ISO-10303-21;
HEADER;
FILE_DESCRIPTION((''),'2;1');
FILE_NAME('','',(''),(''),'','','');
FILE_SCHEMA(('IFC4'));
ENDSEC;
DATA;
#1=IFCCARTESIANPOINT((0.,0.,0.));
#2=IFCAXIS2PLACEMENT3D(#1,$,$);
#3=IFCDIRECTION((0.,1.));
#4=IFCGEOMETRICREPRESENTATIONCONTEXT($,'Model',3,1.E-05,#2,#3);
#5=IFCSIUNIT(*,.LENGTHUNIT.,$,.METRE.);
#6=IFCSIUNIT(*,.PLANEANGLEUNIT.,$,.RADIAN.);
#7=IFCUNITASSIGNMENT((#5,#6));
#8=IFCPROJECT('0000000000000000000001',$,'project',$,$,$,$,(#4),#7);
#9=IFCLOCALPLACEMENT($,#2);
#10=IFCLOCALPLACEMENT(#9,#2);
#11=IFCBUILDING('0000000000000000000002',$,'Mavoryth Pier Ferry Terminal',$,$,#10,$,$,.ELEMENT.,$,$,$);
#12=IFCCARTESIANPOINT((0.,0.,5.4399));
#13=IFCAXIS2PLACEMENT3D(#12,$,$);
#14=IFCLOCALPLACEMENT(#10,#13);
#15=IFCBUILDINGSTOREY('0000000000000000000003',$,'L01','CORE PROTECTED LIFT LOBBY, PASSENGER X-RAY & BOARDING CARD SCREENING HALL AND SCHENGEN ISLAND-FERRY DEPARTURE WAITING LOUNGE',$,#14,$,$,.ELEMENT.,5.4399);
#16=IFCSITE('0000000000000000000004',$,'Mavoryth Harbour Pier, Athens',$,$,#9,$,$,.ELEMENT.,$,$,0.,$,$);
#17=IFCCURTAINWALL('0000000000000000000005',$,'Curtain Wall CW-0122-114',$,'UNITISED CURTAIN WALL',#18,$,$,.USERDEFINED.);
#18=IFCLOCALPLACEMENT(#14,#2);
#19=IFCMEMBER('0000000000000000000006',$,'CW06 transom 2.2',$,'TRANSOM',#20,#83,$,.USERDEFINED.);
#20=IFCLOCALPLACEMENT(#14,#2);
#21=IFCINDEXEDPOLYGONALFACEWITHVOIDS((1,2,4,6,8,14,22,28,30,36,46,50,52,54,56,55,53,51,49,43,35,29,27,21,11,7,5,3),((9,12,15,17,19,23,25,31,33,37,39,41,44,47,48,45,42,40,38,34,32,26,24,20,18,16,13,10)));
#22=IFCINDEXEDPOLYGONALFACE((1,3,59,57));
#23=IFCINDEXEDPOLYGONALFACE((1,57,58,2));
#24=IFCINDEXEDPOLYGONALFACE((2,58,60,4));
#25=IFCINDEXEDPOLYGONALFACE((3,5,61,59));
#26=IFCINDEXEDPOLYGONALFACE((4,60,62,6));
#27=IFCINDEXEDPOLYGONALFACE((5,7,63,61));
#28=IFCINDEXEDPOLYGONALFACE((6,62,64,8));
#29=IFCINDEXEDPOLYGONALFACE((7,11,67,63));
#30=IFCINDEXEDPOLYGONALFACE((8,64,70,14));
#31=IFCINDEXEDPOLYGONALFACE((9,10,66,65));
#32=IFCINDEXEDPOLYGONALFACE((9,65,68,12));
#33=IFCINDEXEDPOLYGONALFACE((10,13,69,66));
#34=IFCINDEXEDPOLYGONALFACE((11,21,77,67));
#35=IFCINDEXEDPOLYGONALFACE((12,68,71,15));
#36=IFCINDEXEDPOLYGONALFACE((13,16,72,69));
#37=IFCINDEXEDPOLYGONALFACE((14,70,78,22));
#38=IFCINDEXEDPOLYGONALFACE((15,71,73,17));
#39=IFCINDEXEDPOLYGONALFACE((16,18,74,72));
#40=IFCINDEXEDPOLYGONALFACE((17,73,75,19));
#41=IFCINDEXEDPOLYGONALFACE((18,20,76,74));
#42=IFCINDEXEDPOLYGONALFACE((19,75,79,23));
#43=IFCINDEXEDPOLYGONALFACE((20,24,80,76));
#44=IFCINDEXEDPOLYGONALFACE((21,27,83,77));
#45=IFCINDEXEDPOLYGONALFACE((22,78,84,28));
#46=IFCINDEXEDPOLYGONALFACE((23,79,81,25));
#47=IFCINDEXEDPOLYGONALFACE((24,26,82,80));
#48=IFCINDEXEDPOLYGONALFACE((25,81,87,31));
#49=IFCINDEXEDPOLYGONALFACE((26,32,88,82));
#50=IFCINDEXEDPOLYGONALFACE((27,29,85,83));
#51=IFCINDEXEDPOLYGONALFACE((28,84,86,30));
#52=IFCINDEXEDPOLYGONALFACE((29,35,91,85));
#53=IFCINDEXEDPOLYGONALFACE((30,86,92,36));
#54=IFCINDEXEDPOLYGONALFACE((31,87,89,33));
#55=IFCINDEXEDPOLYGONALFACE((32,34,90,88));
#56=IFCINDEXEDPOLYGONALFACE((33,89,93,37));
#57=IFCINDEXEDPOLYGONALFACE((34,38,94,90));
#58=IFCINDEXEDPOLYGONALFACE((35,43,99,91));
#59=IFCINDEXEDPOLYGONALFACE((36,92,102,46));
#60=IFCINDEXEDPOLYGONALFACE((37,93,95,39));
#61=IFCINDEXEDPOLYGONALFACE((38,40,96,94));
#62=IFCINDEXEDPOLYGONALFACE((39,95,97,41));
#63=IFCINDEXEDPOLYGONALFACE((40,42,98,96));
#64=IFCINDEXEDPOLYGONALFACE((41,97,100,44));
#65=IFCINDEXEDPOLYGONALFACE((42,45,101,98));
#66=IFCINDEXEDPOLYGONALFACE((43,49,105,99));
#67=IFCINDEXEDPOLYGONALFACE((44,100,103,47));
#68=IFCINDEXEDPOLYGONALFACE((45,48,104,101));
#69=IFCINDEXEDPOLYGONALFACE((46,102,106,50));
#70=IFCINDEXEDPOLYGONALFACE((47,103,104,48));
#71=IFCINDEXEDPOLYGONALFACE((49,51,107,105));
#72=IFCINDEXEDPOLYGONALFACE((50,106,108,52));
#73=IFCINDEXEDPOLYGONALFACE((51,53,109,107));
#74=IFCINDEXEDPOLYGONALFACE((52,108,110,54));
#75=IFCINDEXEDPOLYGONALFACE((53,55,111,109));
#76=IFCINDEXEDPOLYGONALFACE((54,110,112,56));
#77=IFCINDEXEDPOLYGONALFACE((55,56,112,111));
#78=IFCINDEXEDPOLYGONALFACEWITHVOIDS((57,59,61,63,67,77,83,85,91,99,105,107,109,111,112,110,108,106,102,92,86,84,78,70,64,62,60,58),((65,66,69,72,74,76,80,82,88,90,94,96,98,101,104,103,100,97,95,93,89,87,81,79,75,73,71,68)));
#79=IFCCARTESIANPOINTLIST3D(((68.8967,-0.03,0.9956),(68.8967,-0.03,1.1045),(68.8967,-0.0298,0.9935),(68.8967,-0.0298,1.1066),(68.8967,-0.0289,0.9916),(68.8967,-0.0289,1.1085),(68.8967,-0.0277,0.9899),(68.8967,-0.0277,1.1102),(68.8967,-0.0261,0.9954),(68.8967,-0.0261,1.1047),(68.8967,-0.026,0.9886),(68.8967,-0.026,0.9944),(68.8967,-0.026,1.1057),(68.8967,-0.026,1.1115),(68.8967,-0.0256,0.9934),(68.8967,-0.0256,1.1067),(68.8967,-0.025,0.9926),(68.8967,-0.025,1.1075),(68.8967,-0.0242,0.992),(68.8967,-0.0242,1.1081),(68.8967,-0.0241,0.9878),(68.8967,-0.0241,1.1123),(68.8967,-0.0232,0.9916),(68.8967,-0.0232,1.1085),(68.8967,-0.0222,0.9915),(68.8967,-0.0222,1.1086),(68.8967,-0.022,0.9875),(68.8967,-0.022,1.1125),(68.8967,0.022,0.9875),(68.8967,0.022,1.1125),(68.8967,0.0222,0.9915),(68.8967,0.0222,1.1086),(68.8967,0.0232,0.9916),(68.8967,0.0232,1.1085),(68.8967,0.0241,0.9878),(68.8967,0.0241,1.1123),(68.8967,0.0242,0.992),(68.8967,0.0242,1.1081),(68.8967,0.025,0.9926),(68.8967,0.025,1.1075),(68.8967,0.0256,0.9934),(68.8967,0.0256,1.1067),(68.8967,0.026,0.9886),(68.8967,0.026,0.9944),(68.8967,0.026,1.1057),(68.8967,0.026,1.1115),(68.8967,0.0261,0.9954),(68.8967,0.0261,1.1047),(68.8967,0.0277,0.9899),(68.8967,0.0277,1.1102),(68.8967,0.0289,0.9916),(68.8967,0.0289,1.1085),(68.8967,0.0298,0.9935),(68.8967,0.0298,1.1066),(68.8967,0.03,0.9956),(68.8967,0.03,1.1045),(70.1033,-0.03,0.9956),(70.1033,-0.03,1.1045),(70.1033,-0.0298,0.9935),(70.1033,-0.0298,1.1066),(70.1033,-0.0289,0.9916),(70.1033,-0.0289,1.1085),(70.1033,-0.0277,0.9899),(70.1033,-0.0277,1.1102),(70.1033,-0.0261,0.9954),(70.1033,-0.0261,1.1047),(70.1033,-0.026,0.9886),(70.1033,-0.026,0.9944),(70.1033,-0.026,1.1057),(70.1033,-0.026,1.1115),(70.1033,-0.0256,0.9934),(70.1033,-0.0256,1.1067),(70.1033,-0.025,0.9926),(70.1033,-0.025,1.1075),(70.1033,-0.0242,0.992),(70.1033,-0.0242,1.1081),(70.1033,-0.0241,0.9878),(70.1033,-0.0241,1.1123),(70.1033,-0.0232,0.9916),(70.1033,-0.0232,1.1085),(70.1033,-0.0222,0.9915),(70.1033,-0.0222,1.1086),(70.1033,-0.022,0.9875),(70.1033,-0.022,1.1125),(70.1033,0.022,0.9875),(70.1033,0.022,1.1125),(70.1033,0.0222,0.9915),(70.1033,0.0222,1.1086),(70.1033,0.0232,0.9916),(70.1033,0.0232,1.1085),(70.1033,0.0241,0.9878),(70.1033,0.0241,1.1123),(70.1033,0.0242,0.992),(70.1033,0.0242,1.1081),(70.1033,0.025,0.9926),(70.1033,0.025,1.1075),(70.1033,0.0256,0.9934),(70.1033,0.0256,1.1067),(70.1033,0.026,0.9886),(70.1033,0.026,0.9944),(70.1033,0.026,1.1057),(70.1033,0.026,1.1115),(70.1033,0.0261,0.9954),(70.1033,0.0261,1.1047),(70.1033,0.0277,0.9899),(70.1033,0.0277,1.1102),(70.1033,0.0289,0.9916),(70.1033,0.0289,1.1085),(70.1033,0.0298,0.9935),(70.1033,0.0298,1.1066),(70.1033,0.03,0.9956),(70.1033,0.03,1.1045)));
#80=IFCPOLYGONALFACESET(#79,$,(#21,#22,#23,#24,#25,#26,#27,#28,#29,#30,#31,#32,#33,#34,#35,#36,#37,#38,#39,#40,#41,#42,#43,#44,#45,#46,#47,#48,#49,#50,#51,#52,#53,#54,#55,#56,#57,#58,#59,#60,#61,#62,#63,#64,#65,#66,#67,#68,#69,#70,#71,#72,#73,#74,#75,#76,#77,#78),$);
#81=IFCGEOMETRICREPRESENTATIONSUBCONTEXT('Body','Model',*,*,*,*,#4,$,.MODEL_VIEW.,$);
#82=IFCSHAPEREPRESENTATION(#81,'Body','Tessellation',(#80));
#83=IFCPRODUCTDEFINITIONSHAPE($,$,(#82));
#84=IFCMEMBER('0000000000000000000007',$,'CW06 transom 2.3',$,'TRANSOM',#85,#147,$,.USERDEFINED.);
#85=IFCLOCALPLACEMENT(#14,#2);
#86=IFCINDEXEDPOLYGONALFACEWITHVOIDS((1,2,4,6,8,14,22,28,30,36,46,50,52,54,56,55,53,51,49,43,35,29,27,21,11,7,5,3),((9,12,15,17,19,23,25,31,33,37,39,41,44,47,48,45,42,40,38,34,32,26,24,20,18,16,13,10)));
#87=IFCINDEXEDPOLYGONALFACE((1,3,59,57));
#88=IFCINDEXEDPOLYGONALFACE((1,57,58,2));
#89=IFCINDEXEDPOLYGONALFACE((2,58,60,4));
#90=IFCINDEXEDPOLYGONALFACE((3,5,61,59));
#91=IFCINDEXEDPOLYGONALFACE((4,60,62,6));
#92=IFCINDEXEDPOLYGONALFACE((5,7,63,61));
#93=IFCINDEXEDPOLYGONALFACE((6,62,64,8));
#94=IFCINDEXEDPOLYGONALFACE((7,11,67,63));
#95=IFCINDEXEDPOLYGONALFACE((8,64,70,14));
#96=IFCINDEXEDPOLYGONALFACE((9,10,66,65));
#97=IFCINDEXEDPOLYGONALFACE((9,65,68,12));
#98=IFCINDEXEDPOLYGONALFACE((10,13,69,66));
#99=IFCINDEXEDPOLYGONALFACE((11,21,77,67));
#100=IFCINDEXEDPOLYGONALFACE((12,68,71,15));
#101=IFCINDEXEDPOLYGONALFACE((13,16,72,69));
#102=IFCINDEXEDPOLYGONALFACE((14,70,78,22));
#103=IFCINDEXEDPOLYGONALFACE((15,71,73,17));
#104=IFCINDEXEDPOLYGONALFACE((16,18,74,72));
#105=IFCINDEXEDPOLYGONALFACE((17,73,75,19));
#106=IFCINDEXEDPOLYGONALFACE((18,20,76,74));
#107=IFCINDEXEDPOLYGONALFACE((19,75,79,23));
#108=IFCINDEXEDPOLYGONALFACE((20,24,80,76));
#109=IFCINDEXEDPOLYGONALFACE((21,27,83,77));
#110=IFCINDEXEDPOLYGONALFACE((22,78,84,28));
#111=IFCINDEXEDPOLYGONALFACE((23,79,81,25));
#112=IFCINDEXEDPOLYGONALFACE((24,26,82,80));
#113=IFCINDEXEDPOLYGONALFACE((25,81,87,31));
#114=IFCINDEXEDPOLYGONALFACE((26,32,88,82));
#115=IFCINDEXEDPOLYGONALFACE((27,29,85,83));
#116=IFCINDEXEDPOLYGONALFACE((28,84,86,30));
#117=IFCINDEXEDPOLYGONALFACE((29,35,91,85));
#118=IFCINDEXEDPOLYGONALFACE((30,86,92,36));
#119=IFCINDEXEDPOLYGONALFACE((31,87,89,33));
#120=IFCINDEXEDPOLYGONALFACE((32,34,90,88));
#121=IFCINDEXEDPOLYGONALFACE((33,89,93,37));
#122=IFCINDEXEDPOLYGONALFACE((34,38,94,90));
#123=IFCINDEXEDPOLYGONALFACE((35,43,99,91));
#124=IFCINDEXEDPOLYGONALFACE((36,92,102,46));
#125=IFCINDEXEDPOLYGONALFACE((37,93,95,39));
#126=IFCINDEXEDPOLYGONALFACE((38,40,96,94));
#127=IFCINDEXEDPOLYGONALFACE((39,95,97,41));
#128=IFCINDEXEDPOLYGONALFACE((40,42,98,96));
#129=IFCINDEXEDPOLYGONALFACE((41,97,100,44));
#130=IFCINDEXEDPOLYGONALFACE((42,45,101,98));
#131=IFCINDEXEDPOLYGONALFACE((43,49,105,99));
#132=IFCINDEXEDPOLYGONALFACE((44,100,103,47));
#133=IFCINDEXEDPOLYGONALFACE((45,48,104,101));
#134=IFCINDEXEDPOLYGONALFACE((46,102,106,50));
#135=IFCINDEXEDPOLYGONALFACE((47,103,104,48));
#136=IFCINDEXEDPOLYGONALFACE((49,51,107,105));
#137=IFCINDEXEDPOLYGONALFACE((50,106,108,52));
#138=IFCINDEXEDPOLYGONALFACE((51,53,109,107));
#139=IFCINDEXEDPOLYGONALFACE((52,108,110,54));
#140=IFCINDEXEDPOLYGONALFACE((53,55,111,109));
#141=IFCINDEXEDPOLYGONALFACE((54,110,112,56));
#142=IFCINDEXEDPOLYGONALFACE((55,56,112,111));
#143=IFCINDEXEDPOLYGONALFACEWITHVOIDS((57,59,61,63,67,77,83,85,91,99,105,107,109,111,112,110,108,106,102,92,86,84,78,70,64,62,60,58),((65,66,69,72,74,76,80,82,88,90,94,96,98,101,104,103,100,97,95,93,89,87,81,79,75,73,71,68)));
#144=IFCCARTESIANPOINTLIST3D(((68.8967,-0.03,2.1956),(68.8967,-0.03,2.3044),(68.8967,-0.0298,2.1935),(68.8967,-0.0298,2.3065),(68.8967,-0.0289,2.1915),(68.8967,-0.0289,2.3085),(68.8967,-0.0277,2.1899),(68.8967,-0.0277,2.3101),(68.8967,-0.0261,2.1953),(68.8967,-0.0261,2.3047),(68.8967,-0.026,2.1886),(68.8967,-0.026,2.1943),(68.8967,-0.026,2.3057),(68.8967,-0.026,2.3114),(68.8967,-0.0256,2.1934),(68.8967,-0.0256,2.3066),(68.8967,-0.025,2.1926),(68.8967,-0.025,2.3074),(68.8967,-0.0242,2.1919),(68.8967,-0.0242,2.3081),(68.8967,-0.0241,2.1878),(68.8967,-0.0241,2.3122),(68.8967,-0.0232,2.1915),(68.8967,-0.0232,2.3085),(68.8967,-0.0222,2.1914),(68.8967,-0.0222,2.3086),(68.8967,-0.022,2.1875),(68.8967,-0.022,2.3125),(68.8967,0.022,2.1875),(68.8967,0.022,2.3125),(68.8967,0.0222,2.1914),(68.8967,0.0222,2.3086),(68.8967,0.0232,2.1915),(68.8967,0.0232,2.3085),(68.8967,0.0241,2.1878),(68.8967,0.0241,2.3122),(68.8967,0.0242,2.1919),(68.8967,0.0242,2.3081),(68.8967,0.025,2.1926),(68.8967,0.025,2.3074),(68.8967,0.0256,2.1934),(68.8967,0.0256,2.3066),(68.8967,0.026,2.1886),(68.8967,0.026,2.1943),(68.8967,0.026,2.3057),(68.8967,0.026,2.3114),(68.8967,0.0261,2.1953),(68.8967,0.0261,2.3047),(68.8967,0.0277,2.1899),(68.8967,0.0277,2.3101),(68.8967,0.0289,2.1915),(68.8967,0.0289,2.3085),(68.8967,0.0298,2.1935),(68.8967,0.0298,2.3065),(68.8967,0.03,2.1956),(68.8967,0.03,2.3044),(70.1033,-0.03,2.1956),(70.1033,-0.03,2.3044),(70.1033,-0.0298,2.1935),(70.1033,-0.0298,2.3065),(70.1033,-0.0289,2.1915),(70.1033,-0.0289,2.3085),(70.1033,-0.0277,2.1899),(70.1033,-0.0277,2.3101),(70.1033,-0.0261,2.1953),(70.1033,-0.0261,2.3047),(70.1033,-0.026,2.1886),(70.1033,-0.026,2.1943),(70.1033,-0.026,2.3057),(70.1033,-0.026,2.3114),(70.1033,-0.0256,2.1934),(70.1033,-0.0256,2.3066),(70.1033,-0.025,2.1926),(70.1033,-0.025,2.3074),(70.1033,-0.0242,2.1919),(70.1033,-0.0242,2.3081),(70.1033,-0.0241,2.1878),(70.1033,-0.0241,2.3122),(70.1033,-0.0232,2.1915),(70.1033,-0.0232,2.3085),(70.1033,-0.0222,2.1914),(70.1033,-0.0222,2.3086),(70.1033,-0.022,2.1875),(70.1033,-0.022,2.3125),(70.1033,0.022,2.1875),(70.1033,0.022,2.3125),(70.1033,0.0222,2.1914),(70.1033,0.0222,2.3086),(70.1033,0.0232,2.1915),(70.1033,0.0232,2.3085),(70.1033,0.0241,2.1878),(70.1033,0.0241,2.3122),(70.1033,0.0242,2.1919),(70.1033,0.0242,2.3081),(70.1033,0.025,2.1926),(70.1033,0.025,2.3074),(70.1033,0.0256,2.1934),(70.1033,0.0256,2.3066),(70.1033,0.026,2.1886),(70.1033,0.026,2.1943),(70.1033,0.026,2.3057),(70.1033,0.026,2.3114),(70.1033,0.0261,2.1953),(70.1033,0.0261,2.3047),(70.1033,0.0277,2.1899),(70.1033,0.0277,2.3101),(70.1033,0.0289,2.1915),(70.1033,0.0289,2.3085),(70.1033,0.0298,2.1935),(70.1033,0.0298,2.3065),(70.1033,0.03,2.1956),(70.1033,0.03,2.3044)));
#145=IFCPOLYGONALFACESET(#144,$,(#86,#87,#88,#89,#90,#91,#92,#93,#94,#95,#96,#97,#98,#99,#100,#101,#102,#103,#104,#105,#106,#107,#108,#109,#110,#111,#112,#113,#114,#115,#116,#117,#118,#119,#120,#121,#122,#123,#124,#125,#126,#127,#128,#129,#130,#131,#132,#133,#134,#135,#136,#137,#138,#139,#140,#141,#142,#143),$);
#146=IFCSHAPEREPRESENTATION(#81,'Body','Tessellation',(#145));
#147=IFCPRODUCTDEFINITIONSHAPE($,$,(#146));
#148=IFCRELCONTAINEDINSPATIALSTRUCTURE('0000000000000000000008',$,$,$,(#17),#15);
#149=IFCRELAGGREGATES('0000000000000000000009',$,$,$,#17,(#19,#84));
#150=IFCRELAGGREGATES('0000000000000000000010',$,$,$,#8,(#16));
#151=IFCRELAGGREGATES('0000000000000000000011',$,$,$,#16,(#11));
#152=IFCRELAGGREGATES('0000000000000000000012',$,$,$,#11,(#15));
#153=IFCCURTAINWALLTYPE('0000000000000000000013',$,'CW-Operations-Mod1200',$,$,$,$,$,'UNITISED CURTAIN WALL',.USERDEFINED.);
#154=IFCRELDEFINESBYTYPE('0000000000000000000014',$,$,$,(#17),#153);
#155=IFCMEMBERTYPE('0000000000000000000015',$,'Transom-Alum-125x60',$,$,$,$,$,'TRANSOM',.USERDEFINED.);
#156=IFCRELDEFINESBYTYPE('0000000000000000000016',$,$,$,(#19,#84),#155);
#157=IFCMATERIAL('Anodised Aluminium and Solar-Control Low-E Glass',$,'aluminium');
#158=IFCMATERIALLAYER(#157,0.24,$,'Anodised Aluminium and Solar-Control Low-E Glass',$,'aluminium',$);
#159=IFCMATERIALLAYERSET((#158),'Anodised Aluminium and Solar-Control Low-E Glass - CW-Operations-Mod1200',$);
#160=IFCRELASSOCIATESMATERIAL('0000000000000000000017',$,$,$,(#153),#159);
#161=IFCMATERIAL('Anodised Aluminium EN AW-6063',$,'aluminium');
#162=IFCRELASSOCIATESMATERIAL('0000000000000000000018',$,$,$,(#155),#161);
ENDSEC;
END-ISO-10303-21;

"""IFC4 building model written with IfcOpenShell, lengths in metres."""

from ifc_helpers import new_model, si_unit, direction, frame, origin, origin_2d, place, context, subcontext, project, spatial, hollow_rectangle, extrude, material, layer, layer_set, material_profile, profile_set, type_object, element, aggregate, save


model = new_model("IFC4")

# Units and contexts
model_context = context("Model", 3, precision=1e-05, world=origin(), true_north=direction((0.0, 1.0)))
body_context = subcontext(model_context, "Body", "Model", "MODEL_VIEW")
ifc_project = project(units=[si_unit("LENGTHUNIT", "METRE"), si_unit("PLANEANGLEUNIT", "RADIAN")], contexts=[model_context])

# Site, building, storey
site_placement = place(None, origin())
site = spatial("IfcSite", under=ifc_project, at=site_placement, Name="Mavoryth Harbour Pier, Athens", CompositionType="ELEMENT", RefElevation=0.0)
building_placement = place(site_placement, origin())
building = spatial("IfcBuilding", under=site, at=building_placement, Name="Mavoryth Pier Ferry Terminal", CompositionType="ELEMENT")
storey_placement = place(building_placement, frame((0.0, 0.0, 5.4399)))
storey = spatial("IfcBuildingStorey", under=building, at=storey_placement, Name="L01", Description="CORE PROTECTED LIFT LOBBY, PASSENGER X-RAY & BOARDING CARD SCREENING HALL AND SCHENGEN ISLAND-FERRY DEPARTURE WAITING LOUNGE", CompositionType="ELEMENT", Elevation=5.4399)

# Curtain wall
ifc_material_1 = material(Name="Anodised Aluminium and Solar-Control Low-E Glass", Category="aluminium")
ifc_layer_1 = layer(ifc_material_1, 0.24, Name="Anodised Aluminium and Solar-Control Low-E Glass", Category="aluminium")
ifc_layer_set_1 = layer_set([ifc_layer_1], Name="Anodised Aluminium and Solar-Control Low-E Glass - CW-Operations-Mod1200")
curtain_wall_type = type_object("IfcCurtainWallType", Name="CW-Operations-Mod1200", ElementType="UNITISED CURTAIN WALL", PredefinedType="USERDEFINED", material=ifc_layer_set_1)
curtain_wall_placement = place(storey_placement, origin())
curtain_wall = element("IfcCurtainWall", 1, at=curtain_wall_placement, inside=storey, type_object=curtain_wall_type, Name="Curtain Wall CW-0122-114", ObjectType="UNITISED CURTAIN WALL", PredefinedType="USERDEFINED")
ifc_material_2 = material(Name="Anodised Aluminium EN AW-6063", Category="aluminium")

# Members
ifc_material_profile_1 = material_profile(ifc_material_2, hollow_rectangle(XDim=0.0601, YDim=0.125, WallThickness=0.0039, InnerFilletRadius=0.0039, OuterFilletRadius=0.0081, at=origin_2d()), Name="AL-TRAN 125x60x4", Category="aluminium")
ifc_profile_set_1 = profile_set([ifc_material_profile_1], Name="Anodised Aluminium EN AW-6063 - AL-TRAN 125x60x4")
member_type_1 = type_object("IfcMemberType", Name="Transom-Alum-125x60", ElementType="TRANSOM", PredefinedType="USERDEFINED", material=ifc_profile_set_1)
member_1_placement = place(storey_placement, frame((68.8967, 0.0, 1.05), z_axis=(1.0, 0.0, 0.0), x_axis=(0.0, 1.0, 0.0)))
member_1 = element("IfcMember", 2, at=member_1_placement, type_object=member_type_1, Name="CW06 transom 2.2", ObjectType="TRANSOM", PredefinedType="USERDEFINED", context=body_context, shape_type="SweptSolid", body=[
    extrude(hollow_rectangle(XDim=0.0601, YDim=0.125, WallThickness=0.0039, InnerFilletRadius=0.0039, OuterFilletRadius=0.0081, at=origin_2d()), origin(), (0.0, 0.0, 1.0), 1.2065),
])
member_2_placement = place(storey_placement, frame((68.8967, 0.0, 2.25), z_axis=(1.0, 0.0, 0.0), x_axis=(0.0, 1.0, 0.0)))
member_2 = element("IfcMember", 3, at=member_2_placement, type_object=member_type_1, Name="CW06 transom 2.3", ObjectType="TRANSOM", PredefinedType="USERDEFINED", context=body_context, shape_type="SweptSolid", body=[
    extrude(hollow_rectangle(XDim=0.0601, YDim=0.125, WallThickness=0.0039, InnerFilletRadius=0.0039, OuterFilletRadius=0.0081, at=origin_2d()), origin(), (0.0, 0.0, 1.0), 1.2065),
])

aggregate(curtain_wall, [member_1, member_2])

save(model, "model.ifc")
